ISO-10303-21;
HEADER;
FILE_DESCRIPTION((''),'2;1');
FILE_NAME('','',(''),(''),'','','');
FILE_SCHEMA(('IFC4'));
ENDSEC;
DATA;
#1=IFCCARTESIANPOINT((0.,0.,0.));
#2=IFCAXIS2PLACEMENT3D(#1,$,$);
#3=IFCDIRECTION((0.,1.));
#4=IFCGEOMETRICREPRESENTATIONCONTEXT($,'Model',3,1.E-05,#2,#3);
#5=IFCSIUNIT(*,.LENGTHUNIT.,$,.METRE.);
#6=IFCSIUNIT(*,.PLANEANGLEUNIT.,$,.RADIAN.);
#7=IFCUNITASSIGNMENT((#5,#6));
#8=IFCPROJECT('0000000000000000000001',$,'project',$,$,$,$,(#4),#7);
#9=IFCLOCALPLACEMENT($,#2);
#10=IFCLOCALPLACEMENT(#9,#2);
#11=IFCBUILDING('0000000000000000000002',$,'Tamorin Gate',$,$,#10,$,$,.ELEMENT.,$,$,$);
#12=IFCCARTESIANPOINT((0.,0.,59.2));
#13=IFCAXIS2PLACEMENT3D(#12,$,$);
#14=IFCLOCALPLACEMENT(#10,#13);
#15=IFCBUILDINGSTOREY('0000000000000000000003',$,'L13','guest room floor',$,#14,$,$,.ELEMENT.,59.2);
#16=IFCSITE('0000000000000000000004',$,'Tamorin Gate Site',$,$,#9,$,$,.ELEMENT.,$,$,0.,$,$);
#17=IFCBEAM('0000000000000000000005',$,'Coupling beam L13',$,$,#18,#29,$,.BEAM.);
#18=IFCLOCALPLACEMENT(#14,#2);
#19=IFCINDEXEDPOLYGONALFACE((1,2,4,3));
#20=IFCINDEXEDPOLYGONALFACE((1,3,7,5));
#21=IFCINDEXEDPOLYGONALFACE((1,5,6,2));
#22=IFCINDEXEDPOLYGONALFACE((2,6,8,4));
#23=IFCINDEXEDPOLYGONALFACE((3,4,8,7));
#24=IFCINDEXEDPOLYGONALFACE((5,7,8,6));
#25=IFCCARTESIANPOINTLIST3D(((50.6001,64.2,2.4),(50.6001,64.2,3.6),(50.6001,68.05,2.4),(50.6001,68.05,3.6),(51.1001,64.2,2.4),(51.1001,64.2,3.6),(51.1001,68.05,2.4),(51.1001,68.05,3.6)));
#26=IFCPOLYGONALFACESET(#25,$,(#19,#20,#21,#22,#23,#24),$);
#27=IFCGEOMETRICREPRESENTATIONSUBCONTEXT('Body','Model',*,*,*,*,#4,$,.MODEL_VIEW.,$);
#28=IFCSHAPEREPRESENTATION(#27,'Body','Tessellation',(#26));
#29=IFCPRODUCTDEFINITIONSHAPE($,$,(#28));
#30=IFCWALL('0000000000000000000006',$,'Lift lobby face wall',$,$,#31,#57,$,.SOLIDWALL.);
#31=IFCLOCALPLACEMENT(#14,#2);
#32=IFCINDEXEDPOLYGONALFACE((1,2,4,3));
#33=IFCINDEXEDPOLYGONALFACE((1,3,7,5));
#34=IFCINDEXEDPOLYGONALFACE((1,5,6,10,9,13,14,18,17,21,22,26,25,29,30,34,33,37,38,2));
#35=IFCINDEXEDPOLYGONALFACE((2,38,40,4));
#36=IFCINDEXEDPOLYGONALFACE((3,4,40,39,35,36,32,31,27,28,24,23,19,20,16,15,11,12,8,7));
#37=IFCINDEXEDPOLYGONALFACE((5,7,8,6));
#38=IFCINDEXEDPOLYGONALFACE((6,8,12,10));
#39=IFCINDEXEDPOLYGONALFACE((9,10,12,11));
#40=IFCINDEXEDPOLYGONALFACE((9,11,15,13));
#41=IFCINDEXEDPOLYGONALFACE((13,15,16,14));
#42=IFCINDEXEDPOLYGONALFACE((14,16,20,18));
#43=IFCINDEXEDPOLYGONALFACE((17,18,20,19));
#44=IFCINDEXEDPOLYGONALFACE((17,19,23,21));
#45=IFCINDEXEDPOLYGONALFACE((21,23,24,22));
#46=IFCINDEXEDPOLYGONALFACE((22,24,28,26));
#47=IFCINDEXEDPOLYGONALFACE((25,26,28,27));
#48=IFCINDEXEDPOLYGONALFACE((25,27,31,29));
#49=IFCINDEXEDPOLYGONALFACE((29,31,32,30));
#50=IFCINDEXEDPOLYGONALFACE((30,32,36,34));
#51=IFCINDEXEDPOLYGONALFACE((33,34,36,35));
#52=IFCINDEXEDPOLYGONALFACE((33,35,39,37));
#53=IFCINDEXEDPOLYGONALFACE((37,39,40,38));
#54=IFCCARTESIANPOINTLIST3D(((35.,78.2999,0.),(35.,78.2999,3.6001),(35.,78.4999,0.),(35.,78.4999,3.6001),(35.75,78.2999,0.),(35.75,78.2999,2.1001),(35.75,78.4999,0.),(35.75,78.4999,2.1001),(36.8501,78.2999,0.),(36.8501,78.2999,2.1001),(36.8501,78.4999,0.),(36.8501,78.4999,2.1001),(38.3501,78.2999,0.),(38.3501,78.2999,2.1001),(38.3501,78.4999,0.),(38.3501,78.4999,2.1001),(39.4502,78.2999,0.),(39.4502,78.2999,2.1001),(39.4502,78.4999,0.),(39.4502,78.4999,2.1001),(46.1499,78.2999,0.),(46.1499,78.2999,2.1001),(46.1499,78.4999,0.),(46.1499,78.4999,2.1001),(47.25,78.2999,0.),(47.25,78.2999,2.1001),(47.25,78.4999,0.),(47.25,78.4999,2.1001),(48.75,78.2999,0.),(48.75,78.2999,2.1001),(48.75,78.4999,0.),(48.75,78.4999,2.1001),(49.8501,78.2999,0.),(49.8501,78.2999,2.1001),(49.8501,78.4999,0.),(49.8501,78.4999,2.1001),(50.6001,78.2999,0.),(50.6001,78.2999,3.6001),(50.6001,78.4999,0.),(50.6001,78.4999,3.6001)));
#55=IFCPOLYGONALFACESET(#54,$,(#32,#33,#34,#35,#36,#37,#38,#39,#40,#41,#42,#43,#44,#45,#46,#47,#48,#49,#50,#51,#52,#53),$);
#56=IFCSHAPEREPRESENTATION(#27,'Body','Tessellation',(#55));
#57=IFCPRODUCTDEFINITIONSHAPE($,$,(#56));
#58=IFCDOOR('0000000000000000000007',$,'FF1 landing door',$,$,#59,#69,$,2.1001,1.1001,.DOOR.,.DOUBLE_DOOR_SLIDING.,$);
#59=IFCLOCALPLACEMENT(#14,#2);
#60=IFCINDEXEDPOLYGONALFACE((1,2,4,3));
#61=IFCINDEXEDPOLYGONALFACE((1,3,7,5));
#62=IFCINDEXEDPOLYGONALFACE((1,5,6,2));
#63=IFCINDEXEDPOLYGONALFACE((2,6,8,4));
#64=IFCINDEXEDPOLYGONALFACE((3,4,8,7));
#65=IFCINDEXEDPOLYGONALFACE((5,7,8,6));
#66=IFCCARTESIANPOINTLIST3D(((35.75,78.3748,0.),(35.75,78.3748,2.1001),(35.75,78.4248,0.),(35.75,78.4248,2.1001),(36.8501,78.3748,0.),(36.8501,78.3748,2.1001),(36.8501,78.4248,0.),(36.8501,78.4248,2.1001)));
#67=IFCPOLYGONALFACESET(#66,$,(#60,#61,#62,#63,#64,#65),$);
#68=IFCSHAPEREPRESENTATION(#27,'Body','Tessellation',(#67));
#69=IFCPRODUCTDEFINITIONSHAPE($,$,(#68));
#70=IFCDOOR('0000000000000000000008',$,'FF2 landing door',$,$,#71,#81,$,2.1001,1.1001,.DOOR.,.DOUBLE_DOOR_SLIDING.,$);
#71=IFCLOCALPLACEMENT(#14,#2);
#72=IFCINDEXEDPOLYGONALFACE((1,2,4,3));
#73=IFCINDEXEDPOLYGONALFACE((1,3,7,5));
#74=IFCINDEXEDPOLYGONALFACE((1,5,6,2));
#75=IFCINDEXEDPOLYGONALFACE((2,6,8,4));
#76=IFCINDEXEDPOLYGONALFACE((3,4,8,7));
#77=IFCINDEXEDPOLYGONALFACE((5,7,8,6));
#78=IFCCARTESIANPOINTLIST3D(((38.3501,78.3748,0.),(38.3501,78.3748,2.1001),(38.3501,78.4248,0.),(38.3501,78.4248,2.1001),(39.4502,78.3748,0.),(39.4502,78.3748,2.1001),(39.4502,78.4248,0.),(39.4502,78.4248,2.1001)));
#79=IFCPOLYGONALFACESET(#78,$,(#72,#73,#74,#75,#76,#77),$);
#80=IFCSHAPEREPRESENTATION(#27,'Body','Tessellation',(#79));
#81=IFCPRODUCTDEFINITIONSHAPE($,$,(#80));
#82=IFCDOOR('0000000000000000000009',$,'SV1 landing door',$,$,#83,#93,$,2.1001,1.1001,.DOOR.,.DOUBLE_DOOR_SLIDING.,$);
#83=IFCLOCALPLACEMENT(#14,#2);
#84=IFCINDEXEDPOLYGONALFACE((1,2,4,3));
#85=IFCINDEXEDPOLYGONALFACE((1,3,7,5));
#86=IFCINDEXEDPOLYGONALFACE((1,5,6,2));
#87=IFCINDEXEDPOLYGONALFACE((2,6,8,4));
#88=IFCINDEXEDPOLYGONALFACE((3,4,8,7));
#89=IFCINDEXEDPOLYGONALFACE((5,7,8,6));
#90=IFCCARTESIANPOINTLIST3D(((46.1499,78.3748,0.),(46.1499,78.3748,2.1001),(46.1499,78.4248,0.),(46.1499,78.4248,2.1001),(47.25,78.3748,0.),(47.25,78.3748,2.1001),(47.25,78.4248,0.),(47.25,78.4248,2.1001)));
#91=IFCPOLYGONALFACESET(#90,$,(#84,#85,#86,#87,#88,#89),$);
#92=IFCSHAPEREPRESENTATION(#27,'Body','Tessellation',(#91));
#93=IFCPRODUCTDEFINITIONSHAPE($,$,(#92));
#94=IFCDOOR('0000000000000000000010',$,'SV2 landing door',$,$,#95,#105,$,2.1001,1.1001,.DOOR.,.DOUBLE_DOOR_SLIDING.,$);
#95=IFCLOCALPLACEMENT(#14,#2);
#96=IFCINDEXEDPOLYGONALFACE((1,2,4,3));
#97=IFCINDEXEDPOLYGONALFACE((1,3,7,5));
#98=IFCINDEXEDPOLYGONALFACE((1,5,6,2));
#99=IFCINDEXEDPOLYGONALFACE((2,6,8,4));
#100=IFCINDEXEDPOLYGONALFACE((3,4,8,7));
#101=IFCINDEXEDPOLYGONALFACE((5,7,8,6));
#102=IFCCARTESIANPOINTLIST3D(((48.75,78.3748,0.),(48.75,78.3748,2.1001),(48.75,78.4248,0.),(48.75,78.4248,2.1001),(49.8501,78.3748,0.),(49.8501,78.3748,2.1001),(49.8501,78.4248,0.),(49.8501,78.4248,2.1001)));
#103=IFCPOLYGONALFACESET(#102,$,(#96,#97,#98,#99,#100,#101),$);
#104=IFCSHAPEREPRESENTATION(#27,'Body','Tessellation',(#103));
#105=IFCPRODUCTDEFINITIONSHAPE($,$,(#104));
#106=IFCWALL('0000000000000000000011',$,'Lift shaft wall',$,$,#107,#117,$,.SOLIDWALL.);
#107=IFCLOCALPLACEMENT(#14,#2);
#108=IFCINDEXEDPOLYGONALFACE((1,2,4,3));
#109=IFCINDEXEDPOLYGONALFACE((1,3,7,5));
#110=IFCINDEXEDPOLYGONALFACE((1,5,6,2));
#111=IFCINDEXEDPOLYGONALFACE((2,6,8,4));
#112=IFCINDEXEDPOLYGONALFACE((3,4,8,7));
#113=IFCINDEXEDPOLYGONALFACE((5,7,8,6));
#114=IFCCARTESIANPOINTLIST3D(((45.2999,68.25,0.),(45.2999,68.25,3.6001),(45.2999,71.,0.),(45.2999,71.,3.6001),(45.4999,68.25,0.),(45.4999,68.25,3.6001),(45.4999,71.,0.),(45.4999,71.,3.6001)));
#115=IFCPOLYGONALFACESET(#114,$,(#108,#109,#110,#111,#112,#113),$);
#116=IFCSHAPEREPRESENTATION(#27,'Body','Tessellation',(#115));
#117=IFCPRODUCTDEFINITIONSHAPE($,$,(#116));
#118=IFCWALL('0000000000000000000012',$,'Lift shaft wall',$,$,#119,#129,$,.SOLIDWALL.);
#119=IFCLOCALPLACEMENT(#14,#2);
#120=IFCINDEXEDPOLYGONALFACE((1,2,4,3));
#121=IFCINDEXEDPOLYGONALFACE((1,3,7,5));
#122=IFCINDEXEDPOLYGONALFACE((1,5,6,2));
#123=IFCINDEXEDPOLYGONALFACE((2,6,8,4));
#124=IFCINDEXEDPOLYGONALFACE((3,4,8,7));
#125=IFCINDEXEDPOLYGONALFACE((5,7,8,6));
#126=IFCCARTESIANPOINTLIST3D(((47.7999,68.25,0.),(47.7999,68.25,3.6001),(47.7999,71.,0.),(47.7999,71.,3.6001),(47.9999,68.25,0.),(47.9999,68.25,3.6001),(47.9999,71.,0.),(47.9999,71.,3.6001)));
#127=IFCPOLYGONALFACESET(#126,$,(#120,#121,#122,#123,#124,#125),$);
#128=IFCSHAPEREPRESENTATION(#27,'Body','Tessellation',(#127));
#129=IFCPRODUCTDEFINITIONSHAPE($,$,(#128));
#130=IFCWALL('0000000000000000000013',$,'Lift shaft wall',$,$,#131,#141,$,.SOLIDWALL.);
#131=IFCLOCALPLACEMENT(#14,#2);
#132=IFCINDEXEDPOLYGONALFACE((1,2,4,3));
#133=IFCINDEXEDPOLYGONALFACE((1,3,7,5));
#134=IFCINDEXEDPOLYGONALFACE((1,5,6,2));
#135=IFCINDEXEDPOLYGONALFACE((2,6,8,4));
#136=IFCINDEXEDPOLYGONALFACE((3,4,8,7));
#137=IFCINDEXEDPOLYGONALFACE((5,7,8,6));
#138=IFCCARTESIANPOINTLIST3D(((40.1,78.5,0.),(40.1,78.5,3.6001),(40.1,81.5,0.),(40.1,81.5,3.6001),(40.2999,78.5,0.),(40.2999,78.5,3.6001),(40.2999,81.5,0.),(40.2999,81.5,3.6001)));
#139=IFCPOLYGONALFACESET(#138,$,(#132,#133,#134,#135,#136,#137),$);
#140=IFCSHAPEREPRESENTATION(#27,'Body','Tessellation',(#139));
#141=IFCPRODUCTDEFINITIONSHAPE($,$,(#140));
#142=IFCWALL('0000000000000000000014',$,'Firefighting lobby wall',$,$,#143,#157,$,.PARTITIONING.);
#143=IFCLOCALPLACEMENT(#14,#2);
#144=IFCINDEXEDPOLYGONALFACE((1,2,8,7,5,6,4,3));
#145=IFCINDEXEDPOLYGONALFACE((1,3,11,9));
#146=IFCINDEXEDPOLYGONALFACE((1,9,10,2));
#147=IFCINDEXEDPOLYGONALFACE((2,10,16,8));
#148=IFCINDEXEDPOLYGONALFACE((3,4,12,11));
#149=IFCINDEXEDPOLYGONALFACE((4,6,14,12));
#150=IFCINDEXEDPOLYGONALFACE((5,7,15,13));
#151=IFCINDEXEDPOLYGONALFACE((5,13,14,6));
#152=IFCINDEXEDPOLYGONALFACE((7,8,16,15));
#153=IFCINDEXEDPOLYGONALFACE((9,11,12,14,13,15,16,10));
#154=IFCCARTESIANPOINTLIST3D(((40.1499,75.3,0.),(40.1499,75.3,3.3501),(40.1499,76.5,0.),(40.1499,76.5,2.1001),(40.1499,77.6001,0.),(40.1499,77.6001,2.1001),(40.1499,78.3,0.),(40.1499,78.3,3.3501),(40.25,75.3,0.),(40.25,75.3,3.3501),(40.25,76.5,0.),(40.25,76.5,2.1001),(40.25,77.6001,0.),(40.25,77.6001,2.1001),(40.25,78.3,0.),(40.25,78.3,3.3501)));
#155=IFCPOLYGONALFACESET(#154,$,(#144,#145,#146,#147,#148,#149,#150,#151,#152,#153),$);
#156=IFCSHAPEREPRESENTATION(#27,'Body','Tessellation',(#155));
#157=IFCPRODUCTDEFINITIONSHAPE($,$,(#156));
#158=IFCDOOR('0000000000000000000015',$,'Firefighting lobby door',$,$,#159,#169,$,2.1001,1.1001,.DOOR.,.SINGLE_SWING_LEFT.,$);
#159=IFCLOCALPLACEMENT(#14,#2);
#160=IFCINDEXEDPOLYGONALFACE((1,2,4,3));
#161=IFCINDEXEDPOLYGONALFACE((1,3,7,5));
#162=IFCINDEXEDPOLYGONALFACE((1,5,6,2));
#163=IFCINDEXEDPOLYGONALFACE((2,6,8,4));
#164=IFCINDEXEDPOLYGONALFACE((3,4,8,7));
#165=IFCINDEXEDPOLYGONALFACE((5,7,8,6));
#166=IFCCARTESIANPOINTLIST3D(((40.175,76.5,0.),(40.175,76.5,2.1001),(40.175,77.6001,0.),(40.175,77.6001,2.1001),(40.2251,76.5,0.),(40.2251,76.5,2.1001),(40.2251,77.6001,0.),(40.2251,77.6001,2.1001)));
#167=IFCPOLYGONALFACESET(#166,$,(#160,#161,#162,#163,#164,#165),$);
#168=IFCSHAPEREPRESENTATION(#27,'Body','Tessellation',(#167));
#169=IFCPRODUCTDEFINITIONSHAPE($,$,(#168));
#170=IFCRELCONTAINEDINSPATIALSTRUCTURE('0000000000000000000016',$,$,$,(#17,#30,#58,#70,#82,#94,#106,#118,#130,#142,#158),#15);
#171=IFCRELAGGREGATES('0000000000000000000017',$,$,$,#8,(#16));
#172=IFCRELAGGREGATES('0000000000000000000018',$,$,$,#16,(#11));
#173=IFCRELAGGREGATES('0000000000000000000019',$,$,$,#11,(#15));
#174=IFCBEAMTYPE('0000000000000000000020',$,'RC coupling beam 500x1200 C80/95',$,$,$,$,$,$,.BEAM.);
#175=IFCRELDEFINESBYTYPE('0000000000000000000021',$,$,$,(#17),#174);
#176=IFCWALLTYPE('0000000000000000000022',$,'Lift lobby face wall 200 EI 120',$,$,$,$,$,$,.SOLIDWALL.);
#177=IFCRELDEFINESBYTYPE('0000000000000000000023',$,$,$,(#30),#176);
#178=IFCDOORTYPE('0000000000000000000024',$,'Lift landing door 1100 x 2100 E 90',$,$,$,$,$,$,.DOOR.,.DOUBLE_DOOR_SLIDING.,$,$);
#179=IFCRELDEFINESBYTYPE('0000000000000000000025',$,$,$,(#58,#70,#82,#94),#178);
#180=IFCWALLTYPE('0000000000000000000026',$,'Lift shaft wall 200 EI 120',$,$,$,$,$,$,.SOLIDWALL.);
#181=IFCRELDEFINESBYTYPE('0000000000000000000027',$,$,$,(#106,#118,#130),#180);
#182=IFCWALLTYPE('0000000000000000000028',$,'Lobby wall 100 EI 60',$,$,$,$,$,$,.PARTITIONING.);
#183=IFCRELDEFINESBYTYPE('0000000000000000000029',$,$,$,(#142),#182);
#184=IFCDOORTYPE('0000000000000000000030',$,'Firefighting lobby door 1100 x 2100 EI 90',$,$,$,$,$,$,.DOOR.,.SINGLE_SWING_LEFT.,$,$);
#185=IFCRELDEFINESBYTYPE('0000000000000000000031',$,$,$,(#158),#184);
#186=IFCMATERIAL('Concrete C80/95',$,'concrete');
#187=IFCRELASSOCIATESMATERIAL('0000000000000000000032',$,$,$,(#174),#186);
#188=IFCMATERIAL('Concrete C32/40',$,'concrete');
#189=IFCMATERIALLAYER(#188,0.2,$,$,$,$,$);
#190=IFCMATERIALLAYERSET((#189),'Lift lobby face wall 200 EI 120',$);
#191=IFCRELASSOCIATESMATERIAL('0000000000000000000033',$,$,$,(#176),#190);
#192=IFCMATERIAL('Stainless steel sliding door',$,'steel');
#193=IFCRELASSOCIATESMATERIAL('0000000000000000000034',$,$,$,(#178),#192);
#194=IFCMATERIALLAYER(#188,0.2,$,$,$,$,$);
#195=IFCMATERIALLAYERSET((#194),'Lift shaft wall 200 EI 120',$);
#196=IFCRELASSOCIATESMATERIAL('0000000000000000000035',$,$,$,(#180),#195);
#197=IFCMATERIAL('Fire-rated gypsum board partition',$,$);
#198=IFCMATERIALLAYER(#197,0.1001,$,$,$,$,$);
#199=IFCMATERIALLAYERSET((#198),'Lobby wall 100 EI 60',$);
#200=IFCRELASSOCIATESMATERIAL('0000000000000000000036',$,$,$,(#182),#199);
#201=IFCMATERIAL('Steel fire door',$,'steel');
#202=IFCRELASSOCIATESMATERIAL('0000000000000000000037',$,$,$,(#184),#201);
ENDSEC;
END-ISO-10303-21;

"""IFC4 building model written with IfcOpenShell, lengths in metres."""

from ifc_helpers import new_model, si_unit, direction, frame, frame_2d, origin, origin_2d, place, context, subcontext, project, spatial, rectangle, extrude, material, layer, layer_set, material_profile, profile_set, type_object, element, fill, save


model = new_model("IFC4")

# Units and contexts
model_context = context("Model", 3, precision=1e-05, world=origin(), true_north=direction((0.0, 1.0)))
body_context = subcontext(model_context, "Body", "Model", "MODEL_VIEW")
ifc_project = project(units=[si_unit("LENGTHUNIT", "METRE"), si_unit("PLANEANGLEUNIT", "RADIAN")], contexts=[model_context])

# Site, building, storey
site_placement = place(None, origin())
site = spatial("IfcSite", under=ifc_project, at=site_placement, Name="Tamorin Gate Site", CompositionType="ELEMENT", RefElevation=0.0)
building_placement = place(site_placement, origin())
building = spatial("IfcBuilding", under=site, at=building_placement, Name="Tamorin Gate", CompositionType="ELEMENT")
storey_placement = place(building_placement, frame((0.0, 0.0, 59.2)))
storey = spatial("IfcBuildingStorey", under=building, at=storey_placement, Name="L13", Description="guest room floor", CompositionType="ELEMENT", Elevation=59.2)

# Beam
ifc_material_1 = material(Name="Concrete C80/95", Category="concrete")
ifc_material_profile = material_profile(ifc_material_1, rectangle(XDim=0.5, YDim=1.2, at=origin_2d()), Name="RC 500x1200")
ifc_profile_set = profile_set([ifc_material_profile], Name="Concrete C80/95")
beam_type = type_object("IfcBeamType", Name="RC coupling beam 500x1200 C80/95", PredefinedType="BEAM", material=ifc_profile_set)
beam_placement = place(storey_placement, frame((50.8501, 64.2, 3.0), z_axis=(0.0, 1.0, 0.0), x_axis=(-1.0, 0.0, 0.0)))
element("IfcBeam", 1, at=beam_placement, inside=storey, type_object=beam_type, Name="Coupling beam L13", PredefinedType="BEAM", context=body_context, shape_type="SweptSolid", body=[
    extrude(rectangle(XDim=0.5, YDim=1.2, at=origin_2d()), origin(), (0.0, 0.0, 1.0), 3.8501),
])

# Wall, openings, doors
ifc_material_2 = material(Name="Concrete C32/40", Category="concrete")
ifc_layer_1 = layer(ifc_material_2, 0.2)
ifc_layer_set_1 = layer_set([ifc_layer_1], Name="Lift lobby face wall 200 EI 120")
wall_type_1 = type_object("IfcWallType", Name="Lift lobby face wall 200 EI 120", PredefinedType="SOLIDWALL", material=ifc_layer_set_1)
wall_1_placement = place(storey_placement, frame((35.0, 78.3999, 0.0), z_axis=(0.0, 0.0, 1.0), x_axis=(1.0, 0.0, 0.0)))
wall_1 = element("IfcWall", 2, at=wall_1_placement, inside=storey, type_object=wall_type_1, Name="Lift lobby face wall", PredefinedType="SOLIDWALL", context=body_context, shape_type="SweptSolid", body=[
    extrude(rectangle(XDim=15.6001, YDim=0.2, at=frame_2d((7.8, 0.0))), origin(), (0.0, 0.0, 1.0), 3.6001),
])
opening_1_placement = place(wall_1_placement, frame((0.75, 0.0, 0.0)))
opening_1 = element("IfcOpeningElement", 3, at=opening_1_placement, cuts=wall_1, PredefinedType="OPENING", context=body_context, shape_type="SweptSolid", body=[
    extrude(rectangle(XDim=1.1001, YDim=2.1001, at=frame_2d((0.55, 1.05))), frame((0.0, 0.1099, 0.0), z_axis=(0.0, -1.0, 0.0), x_axis=(1.0, 0.0, 0.0)), (0.0, 0.0, 1.0), 0.22),
])
opening_2_placement = place(wall_1_placement, frame((3.3501, 0.0, 0.0)))
opening_2 = element("IfcOpeningElement", 4, at=opening_2_placement, cuts=wall_1, PredefinedType="OPENING", context=body_context, shape_type="SweptSolid", body=[
    extrude(rectangle(XDim=1.1001, YDim=2.1001, at=frame_2d((0.55, 1.05))), frame((0.0, 0.1099, 0.0), z_axis=(0.0, -1.0, 0.0), x_axis=(1.0, 0.0, 0.0)), (0.0, 0.0, 1.0), 0.22),
])
opening_3_placement = place(wall_1_placement, frame((11.1499, 0.0, 0.0)))
opening_3 = element("IfcOpeningElement", 5, at=opening_3_placement, cuts=wall_1, PredefinedType="OPENING", context=body_context, shape_type="SweptSolid", body=[
    extrude(rectangle(XDim=1.1001, YDim=2.1001, at=frame_2d((0.55, 1.05))), frame((0.0, 0.1099, 0.0), z_axis=(0.0, -1.0, 0.0), x_axis=(1.0, 0.0, 0.0)), (0.0, 0.0, 1.0), 0.22),
])
opening_4_placement = place(wall_1_placement, frame((13.75, 0.0, 0.0)))
opening_4 = element("IfcOpeningElement", 6, at=opening_4_placement, cuts=wall_1, PredefinedType="OPENING", context=body_context, shape_type="SweptSolid", body=[
    extrude(rectangle(XDim=1.1001, YDim=2.1001, at=frame_2d((0.55, 1.05))), frame((0.0, 0.1099, 0.0), z_axis=(0.0, -1.0, 0.0), x_axis=(1.0, 0.0, 0.0)), (0.0, 0.0, 1.0), 0.22),
])
ifc_material_3 = material(Name="Stainless steel sliding door", Category="steel")
door_type_1 = type_object("IfcDoorType", Name="Lift landing door 1100 x 2100 E 90", OperationType="DOUBLE_DOOR_SLIDING", PredefinedType="DOOR", material=ifc_material_3)
door_1_placement = place(opening_1_placement, origin())
door_1 = element("IfcDoor", 7, at=door_1_placement, inside=storey, type_object=door_type_1, Name="FF1 landing door", OperationType="DOUBLE_DOOR_SLIDING", OverallHeight=2.1001, OverallWidth=1.1001, PredefinedType="DOOR", context=body_context, shape_type="SweptSolid", body=[
    extrude(rectangle(XDim=1.1001, YDim=2.1001, at=frame_2d((0.55, 1.05))), frame((0.0, 0.0249, 0.0), z_axis=(0.0, -1.0, 0.0), x_axis=(1.0, 0.0, 0.0)), (0.0, 0.0, 1.0), 0.05),
])
fill(opening_1, door_1)
door_2_placement = place(opening_2_placement, origin())
door_2 = element("IfcDoor", 8, at=door_2_placement, inside=storey, type_object=door_type_1, Name="FF2 landing door", OperationType="DOUBLE_DOOR_SLIDING", OverallHeight=2.1001, OverallWidth=1.1001, PredefinedType="DOOR", context=body_context, shape_type="SweptSolid", body=[
    extrude(rectangle(XDim=1.1001, YDim=2.1001, at=frame_2d((0.55, 1.05))), frame((0.0, 0.0249, 0.0), z_axis=(0.0, -1.0, 0.0), x_axis=(1.0, 0.0, 0.0)), (0.0, 0.0, 1.0), 0.05),
])
fill(opening_2, door_2)
door_3_placement = place(opening_3_placement, origin())
door_3 = element("IfcDoor", 9, at=door_3_placement, inside=storey, type_object=door_type_1, Name="SV1 landing door", OperationType="DOUBLE_DOOR_SLIDING", OverallHeight=2.1001, OverallWidth=1.1001, PredefinedType="DOOR", context=body_context, shape_type="SweptSolid", body=[
    extrude(rectangle(XDim=1.1001, YDim=2.1001, at=frame_2d((0.55, 1.05))), frame((0.0, 0.0249, 0.0), z_axis=(0.0, -1.0, 0.0), x_axis=(1.0, 0.0, 0.0)), (0.0, 0.0, 1.0), 0.05),
])
fill(opening_3, door_3)
door_4_placement = place(opening_4_placement, origin())
door_4 = element("IfcDoor", 10, at=door_4_placement, inside=storey, type_object=door_type_1, Name="SV2 landing door", OperationType="DOUBLE_DOOR_SLIDING", OverallHeight=2.1001, OverallWidth=1.1001, PredefinedType="DOOR", context=body_context, shape_type="SweptSolid", body=[
    extrude(rectangle(XDim=1.1001, YDim=2.1001, at=frame_2d((0.55, 1.05))), frame((0.0, 0.0249, 0.0), z_axis=(0.0, -1.0, 0.0), x_axis=(1.0, 0.0, 0.0)), (0.0, 0.0, 1.0), 0.05),
])
fill(opening_4, door_4)

# Walls
ifc_layer_2 = layer(ifc_material_2, 0.2)
ifc_layer_set_2 = layer_set([ifc_layer_2], Name="Lift shaft wall 200 EI 120")
wall_type_2 = type_object("IfcWallType", Name="Lift shaft wall 200 EI 120", PredefinedType="SOLIDWALL", material=ifc_layer_set_2)
for number, where, z_axis, x_axis, name in (
    (11, (45.3999, 68.25, 0.0), (0.0, 0.0, 1.0), (0.0, 1.0, 0.0), "Lift shaft wall"),
    (12, (47.8999, 68.25, 0.0), (0.0, 0.0, 1.0), (0.0, 1.0, 0.0), "Lift shaft wall"),
):
    element("IfcWall", number, at=place(storey_placement, frame(where, z_axis=z_axis, x_axis=x_axis)), inside=storey, type_object=wall_type_2, Name=name, PredefinedType="SOLIDWALL", context=body_context, shape_type="SweptSolid", body=[
        extrude(rectangle(XDim=2.75, YDim=0.2, at=frame_2d((1.375, 0.0))), origin(), (0.0, 0.0, 1.0), 3.6001),
    ])
wall_2_placement = place(storey_placement, frame((40.2, 78.5, 0.0), z_axis=(0.0, 0.0, 1.0), x_axis=(0.0, 1.0, 0.0)))
element("IfcWall", 13, at=wall_2_placement, inside=storey, type_object=wall_type_2, Name="Lift shaft wall", PredefinedType="SOLIDWALL", context=body_context, shape_type="SweptSolid", body=[
    extrude(rectangle(XDim=3.0, YDim=0.2, at=frame_2d((1.5, 0.0))), origin(), (0.0, 0.0, 1.0), 3.6001),
])

# Wall, opening, door
ifc_material_4 = material(Name="Fire-rated gypsum board partition")
ifc_layer_3 = layer(ifc_material_4, 0.1001)
ifc_layer_set_3 = layer_set([ifc_layer_3], Name="Lobby wall 100 EI 60")
wall_type_3 = type_object("IfcWallType", Name="Lobby wall 100 EI 60", PredefinedType="PARTITIONING", material=ifc_layer_set_3)
wall_3_placement = place(storey_placement, frame((40.2, 75.3, 0.0), z_axis=(0.0, 0.0, 1.0), x_axis=(0.0, 1.0, 0.0)))
wall_3 = element("IfcWall", 14, at=wall_3_placement, inside=storey, type_object=wall_type_3, Name="Firefighting lobby wall", PredefinedType="PARTITIONING", context=body_context, shape_type="SweptSolid", body=[
    extrude(rectangle(XDim=3.0, YDim=0.1001, at=frame_2d((1.5, 0.0))), origin(), (0.0, 0.0, 1.0), 3.3501),
])
opening_5_placement = place(wall_3_placement, frame((1.2, 0.0, 0.0)))
opening_5 = element("IfcOpeningElement", 15, at=opening_5_placement, cuts=wall_3, PredefinedType="OPENING", context=body_context, shape_type="SweptSolid", body=[
    extrude(rectangle(XDim=1.1001, YDim=2.1001, at=frame_2d((0.55, 1.05))), frame((0.0, 0.0601, 0.0), z_axis=(0.0, -1.0, 0.0), x_axis=(1.0, 0.0, 0.0)), (0.0, 0.0, 1.0), 0.1201),
])
ifc_material_5 = material(Name="Steel fire door", Category="steel")
door_type_2 = type_object("IfcDoorType", Name="Firefighting lobby door 1100 x 2100 EI 90", OperationType="SINGLE_SWING_LEFT", PredefinedType="DOOR", material=ifc_material_5)
door_5_placement = place(opening_5_placement, origin())
door_5 = element("IfcDoor", 16, at=door_5_placement, inside=storey, type_object=door_type_2, Name="Firefighting lobby door", OperationType="SINGLE_SWING_LEFT", OverallHeight=2.1001, OverallWidth=1.1001, PredefinedType="DOOR", context=body_context, shape_type="SweptSolid", body=[
    extrude(rectangle(XDim=1.1001, YDim=2.1001, at=frame_2d((0.55, 1.05))), frame((0.0, 0.0249, 0.0), z_axis=(0.0, -1.0, 0.0), x_axis=(1.0, 0.0, 0.0)), (0.0, 0.0, 1.0), 0.05),
])
fill(opening_5, door_5)

save(model, "model.ifc")
